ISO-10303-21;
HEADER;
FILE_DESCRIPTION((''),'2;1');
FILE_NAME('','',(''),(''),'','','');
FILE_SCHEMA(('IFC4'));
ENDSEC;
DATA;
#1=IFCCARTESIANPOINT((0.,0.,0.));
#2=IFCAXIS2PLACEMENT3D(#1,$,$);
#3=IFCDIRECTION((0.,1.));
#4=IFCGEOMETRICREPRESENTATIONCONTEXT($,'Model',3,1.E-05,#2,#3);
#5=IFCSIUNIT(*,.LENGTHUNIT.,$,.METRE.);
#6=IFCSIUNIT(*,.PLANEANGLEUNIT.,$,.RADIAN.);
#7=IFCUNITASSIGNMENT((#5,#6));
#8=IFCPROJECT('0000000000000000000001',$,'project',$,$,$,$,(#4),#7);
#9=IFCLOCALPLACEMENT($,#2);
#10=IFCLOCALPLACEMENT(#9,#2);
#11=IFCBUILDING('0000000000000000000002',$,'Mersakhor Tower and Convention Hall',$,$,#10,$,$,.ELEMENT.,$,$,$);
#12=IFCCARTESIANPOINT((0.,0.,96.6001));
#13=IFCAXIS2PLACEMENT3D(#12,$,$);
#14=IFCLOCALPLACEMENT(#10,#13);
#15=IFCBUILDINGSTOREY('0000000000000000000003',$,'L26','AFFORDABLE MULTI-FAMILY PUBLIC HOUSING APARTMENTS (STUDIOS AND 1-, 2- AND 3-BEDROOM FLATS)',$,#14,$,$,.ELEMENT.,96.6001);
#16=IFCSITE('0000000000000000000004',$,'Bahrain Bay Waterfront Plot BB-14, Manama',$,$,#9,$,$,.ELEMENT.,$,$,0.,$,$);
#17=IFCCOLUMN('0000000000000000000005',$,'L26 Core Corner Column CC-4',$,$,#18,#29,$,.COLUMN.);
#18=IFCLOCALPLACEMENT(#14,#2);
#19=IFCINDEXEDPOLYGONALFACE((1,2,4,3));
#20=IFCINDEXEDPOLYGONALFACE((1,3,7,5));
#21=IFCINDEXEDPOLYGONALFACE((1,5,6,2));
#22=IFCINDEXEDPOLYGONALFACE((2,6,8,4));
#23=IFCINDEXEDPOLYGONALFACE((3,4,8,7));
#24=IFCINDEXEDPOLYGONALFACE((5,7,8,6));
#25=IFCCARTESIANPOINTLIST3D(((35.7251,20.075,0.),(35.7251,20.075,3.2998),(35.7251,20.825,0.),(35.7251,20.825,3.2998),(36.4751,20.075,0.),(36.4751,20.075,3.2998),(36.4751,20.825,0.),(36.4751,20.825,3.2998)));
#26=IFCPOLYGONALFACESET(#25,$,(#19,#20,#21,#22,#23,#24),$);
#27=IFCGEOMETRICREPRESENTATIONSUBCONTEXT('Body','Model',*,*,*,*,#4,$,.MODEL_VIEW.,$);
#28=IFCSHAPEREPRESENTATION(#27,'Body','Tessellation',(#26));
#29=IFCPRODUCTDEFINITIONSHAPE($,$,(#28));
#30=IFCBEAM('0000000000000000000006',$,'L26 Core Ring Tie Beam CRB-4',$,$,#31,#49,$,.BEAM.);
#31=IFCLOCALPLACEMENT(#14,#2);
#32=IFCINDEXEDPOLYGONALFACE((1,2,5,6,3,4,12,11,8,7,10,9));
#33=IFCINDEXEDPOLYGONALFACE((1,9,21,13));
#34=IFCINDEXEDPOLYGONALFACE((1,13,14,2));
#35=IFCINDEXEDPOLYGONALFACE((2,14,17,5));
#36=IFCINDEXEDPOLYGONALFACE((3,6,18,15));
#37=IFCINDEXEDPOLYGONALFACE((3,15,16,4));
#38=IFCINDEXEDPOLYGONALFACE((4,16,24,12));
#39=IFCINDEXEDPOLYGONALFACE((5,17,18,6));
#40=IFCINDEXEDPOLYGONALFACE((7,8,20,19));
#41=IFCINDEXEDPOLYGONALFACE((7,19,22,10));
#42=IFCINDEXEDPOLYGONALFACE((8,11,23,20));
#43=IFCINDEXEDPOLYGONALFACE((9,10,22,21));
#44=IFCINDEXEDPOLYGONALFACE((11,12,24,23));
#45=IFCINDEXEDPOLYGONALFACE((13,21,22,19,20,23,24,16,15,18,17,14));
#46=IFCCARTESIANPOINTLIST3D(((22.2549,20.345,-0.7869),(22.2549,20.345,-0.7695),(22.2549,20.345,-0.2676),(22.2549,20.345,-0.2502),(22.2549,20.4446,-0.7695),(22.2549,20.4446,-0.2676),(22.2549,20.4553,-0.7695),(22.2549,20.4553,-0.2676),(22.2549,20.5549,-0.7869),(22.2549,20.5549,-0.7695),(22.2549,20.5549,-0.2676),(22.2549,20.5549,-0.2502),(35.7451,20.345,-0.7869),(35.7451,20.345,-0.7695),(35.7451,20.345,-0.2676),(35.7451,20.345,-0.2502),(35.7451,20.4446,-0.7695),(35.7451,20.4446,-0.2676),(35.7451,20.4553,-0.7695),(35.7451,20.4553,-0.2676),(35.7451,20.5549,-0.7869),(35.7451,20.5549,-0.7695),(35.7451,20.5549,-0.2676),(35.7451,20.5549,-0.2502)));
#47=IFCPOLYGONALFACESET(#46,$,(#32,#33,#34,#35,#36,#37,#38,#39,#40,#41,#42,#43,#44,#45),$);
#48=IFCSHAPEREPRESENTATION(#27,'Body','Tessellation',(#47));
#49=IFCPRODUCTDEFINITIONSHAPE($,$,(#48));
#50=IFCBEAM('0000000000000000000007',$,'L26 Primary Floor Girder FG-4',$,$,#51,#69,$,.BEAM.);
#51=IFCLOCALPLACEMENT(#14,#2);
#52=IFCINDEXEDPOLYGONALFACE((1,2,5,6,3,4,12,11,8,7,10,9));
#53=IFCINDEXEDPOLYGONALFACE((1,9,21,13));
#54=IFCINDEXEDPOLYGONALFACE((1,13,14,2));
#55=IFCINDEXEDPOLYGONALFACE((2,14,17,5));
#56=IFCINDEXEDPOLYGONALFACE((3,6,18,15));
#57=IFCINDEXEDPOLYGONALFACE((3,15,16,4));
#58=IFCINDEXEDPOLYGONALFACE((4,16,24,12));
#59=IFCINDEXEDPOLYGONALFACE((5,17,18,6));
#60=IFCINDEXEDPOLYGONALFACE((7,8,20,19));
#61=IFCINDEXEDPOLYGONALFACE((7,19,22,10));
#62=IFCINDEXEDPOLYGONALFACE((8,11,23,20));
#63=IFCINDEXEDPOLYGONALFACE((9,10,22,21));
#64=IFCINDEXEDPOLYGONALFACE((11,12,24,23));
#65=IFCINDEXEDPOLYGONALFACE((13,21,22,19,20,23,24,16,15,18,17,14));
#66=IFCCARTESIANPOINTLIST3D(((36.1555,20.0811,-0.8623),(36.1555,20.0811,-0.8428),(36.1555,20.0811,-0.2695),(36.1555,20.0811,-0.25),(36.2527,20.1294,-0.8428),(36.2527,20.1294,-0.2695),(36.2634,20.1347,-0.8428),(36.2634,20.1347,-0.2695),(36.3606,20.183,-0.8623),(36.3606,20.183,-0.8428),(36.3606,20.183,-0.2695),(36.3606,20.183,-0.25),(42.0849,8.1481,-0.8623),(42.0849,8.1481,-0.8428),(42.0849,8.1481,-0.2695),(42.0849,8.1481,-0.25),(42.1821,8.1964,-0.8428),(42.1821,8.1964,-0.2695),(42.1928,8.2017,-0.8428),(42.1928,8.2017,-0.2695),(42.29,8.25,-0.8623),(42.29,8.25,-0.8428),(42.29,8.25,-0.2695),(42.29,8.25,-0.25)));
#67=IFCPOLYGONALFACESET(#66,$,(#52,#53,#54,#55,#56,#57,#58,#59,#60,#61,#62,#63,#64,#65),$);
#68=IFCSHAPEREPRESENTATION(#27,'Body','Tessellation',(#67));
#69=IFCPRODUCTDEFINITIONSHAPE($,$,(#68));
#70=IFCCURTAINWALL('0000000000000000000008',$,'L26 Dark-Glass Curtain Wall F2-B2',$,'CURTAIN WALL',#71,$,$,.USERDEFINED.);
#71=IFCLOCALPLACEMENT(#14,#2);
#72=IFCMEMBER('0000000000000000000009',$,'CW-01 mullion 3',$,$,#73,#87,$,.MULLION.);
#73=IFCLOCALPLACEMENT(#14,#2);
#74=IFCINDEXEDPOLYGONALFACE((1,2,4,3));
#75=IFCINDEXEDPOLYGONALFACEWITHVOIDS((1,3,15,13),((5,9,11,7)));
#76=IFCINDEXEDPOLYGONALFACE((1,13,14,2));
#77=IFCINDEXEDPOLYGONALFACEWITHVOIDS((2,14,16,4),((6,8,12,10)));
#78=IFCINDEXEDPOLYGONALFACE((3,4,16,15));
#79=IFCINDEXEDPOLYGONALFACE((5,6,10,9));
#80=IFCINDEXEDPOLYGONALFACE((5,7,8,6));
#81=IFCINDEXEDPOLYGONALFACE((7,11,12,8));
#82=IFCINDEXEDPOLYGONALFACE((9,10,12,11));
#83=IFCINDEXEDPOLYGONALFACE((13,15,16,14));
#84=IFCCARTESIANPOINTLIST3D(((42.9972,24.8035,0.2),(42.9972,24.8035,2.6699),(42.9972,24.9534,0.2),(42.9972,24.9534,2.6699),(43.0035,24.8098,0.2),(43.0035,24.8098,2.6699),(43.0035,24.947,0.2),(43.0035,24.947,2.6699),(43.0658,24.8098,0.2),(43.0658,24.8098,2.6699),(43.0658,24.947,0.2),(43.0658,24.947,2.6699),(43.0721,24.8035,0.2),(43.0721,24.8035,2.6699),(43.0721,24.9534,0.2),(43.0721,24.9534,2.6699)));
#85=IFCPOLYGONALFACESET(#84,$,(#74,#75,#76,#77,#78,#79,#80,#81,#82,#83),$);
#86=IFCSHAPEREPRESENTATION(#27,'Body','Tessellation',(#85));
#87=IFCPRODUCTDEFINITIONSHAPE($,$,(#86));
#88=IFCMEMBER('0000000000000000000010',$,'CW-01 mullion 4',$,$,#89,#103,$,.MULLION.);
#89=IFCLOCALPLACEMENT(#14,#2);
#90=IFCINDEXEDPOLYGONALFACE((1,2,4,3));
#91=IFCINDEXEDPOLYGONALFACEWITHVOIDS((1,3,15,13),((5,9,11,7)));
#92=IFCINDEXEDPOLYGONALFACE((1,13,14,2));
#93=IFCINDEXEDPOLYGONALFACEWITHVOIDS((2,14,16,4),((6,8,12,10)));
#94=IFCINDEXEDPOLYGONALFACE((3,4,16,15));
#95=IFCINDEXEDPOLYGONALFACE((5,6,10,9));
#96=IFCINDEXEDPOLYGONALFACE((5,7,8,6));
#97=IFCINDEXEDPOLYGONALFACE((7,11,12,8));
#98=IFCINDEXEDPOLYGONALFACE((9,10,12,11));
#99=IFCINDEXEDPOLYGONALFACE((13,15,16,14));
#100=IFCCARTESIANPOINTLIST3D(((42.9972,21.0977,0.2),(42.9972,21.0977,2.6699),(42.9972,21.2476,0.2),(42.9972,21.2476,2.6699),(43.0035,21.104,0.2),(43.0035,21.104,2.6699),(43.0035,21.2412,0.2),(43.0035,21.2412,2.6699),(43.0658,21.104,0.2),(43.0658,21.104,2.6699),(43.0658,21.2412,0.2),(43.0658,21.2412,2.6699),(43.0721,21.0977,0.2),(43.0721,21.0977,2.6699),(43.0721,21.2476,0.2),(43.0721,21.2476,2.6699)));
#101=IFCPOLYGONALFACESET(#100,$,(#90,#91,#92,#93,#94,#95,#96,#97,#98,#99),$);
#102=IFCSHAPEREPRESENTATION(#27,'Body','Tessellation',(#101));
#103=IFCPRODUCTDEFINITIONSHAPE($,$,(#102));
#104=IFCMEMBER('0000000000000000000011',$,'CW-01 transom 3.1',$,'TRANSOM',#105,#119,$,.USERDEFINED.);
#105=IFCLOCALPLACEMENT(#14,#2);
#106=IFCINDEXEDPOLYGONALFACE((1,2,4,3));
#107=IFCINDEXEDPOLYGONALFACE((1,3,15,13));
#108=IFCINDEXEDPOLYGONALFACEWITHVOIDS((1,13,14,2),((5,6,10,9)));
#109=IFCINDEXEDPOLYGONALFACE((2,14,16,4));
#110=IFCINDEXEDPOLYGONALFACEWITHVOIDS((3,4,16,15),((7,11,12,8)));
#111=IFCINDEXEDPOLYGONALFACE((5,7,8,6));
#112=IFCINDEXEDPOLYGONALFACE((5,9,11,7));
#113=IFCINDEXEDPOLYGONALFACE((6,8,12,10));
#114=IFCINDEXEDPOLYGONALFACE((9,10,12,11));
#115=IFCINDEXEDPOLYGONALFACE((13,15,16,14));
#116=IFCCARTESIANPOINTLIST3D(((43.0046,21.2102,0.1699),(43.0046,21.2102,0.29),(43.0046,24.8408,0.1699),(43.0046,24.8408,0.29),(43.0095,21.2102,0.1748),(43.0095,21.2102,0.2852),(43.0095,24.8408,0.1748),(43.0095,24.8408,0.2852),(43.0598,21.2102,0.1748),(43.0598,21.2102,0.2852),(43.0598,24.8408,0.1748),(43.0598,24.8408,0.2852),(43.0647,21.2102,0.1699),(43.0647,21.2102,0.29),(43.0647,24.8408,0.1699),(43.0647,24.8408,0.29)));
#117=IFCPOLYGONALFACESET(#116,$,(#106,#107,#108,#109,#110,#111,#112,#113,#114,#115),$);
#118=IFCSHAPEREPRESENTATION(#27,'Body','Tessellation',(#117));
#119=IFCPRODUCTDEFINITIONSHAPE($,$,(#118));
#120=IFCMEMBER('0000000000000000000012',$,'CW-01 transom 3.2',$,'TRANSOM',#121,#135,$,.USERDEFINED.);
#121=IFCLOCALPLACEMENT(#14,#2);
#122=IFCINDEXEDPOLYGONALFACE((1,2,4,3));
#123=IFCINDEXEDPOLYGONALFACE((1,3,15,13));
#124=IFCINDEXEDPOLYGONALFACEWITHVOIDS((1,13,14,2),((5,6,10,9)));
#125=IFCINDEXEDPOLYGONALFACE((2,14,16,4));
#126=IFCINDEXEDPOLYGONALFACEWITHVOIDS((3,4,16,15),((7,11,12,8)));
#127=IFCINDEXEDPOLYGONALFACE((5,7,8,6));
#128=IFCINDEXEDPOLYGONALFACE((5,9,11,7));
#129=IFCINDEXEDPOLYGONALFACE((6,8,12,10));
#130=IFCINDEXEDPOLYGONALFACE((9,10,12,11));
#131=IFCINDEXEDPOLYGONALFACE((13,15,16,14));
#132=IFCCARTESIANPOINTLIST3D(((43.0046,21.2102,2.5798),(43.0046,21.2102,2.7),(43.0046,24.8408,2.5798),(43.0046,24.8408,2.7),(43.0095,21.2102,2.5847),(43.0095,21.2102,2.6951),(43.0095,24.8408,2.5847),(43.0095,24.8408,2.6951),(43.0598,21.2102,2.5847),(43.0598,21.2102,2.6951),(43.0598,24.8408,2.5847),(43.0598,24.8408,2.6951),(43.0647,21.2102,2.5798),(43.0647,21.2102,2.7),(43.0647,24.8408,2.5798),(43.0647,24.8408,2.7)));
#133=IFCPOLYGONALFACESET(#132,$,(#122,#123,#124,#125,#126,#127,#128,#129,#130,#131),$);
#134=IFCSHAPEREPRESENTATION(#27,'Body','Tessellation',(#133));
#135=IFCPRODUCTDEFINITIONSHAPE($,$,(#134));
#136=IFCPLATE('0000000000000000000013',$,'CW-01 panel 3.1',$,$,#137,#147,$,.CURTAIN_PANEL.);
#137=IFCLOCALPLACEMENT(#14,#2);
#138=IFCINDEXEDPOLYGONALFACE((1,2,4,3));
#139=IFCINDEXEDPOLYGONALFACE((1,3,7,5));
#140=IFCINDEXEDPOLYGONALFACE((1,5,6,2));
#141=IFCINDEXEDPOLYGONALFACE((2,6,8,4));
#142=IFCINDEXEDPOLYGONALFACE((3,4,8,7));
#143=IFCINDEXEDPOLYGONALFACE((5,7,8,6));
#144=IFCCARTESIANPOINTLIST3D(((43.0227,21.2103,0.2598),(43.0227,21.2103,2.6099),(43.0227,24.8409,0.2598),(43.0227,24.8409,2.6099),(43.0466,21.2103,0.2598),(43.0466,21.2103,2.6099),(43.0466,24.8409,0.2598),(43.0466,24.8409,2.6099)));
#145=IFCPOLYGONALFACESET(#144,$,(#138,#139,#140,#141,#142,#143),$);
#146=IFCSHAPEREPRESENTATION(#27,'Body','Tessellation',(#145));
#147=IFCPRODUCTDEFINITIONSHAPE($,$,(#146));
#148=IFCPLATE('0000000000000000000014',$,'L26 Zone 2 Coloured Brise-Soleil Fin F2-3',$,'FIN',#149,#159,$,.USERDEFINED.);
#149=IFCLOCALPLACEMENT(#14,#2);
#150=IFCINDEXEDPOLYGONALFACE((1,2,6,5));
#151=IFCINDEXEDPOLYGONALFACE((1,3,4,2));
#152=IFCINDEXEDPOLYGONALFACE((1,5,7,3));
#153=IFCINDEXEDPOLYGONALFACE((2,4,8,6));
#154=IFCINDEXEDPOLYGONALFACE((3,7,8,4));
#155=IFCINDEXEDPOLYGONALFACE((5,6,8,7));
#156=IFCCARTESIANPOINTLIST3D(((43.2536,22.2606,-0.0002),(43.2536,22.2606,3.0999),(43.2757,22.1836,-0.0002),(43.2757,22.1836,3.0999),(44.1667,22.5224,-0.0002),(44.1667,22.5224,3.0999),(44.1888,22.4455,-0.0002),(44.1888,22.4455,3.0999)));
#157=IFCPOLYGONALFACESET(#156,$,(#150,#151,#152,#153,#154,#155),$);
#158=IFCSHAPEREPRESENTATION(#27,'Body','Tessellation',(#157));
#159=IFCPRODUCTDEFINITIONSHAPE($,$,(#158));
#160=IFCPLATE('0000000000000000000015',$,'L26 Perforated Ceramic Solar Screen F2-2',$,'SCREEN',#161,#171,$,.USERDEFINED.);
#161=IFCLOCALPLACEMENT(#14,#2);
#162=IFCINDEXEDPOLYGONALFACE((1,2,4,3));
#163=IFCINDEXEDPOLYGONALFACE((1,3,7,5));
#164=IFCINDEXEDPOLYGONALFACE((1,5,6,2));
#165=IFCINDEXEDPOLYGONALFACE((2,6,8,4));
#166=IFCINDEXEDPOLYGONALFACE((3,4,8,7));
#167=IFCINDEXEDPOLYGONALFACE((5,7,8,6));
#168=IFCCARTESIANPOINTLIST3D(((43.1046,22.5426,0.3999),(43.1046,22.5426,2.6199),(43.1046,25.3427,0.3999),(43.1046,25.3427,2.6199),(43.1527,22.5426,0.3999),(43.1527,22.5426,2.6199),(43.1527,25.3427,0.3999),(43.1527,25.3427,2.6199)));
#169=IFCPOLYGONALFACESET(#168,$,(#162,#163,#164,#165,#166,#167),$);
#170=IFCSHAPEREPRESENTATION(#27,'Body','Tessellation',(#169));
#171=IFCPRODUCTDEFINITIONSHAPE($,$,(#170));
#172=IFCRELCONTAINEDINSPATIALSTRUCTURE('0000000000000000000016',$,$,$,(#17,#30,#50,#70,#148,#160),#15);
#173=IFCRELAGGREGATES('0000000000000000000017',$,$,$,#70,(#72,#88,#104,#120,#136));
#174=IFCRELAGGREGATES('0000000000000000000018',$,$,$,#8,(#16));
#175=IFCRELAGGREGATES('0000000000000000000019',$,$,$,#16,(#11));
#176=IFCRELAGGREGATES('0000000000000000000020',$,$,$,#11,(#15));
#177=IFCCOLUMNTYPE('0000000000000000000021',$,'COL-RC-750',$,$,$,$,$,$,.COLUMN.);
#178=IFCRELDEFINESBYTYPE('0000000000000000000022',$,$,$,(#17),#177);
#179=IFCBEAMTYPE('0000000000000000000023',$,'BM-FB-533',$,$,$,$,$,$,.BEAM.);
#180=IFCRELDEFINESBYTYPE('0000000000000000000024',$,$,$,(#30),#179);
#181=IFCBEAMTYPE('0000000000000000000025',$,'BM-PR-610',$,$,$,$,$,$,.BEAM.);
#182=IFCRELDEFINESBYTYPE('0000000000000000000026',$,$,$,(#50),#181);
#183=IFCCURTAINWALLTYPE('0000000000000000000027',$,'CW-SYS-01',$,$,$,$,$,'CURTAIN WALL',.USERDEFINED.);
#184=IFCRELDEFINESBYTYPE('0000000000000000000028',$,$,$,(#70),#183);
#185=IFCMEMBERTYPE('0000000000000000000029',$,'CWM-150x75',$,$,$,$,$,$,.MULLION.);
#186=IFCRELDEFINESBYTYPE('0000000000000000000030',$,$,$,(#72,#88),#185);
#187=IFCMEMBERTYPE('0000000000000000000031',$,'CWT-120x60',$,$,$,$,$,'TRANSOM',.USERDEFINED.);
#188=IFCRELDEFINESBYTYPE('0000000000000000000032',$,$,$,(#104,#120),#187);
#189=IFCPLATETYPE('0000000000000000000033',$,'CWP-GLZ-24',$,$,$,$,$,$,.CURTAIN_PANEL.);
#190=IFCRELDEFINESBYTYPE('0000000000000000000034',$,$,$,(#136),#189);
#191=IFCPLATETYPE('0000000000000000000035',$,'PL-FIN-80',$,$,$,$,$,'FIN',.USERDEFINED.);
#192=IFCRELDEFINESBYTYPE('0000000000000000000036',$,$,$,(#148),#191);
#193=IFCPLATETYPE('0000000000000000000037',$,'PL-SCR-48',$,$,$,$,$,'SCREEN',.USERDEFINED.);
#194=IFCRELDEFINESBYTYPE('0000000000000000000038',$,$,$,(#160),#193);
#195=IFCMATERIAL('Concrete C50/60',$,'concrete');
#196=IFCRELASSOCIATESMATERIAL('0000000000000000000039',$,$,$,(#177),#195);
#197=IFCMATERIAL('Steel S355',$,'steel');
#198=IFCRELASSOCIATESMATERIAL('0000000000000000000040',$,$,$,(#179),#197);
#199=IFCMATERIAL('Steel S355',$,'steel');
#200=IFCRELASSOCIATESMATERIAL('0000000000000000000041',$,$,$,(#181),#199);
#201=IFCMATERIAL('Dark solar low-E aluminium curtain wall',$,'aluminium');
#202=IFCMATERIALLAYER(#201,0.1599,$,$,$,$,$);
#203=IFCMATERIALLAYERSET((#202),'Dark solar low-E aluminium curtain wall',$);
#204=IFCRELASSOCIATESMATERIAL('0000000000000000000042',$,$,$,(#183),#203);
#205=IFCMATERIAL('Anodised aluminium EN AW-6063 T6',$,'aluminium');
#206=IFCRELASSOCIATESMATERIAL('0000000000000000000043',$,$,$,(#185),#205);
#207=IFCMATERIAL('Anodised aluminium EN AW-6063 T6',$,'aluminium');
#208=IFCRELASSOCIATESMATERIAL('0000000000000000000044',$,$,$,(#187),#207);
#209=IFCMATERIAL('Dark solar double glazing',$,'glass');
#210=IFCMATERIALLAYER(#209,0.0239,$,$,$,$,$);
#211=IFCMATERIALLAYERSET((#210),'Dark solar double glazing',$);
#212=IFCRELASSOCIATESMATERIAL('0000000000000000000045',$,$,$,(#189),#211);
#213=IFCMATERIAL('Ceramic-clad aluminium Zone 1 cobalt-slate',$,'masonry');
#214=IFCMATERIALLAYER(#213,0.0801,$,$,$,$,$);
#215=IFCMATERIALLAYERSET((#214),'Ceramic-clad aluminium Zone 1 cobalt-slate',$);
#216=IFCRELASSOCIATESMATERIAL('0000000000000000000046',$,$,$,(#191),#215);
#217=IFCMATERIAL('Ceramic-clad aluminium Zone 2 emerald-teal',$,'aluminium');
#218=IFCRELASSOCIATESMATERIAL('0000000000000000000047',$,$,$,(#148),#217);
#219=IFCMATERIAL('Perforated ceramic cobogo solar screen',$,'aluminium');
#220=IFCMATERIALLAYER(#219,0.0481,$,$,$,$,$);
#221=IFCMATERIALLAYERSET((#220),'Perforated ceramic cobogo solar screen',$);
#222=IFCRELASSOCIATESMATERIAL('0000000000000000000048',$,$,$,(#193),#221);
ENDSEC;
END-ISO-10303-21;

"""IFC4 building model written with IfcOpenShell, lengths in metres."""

from ifc_helpers import new_model, si_unit, direction, frame, origin, origin_2d, place, context, subcontext, project, spatial, rectangle, hollow_rectangle, i_section, extrude, material, layer, layer_set, material_profile, profile_set, type_object, element, aggregate, save


model = new_model("IFC4")

# Units and contexts
model_context = context("Model", 3, precision=1e-05, world=origin(), true_north=direction((0.0, 1.0)))
body_context = subcontext(model_context, "Body", "Model", "MODEL_VIEW")
ifc_project = project(units=[si_unit("LENGTHUNIT", "METRE"), si_unit("PLANEANGLEUNIT", "RADIAN")], contexts=[model_context])

# Site, building, storey
site_placement = place(None, origin())
site = spatial("IfcSite", under=ifc_project, at=site_placement, Name="Bahrain Bay Waterfront Plot BB-14, Manama", CompositionType="ELEMENT", RefElevation=0.0)
building_placement = place(site_placement, origin())
building = spatial("IfcBuilding", under=site, at=building_placement, Name="Mersakhor Tower and Convention Hall", CompositionType="ELEMENT")
storey_placement = place(building_placement, frame((0.0, 0.0, 96.6001)))
storey = spatial("IfcBuildingStorey", under=building, at=storey_placement, Name="L26", Description="AFFORDABLE MULTI-FAMILY PUBLIC HOUSING APARTMENTS (STUDIOS AND 1-, 2- AND 3-BEDROOM FLATS)", CompositionType="ELEMENT", Elevation=96.6001)

# Column
ifc_material_1 = material(Name="Concrete C50/60", Category="concrete")
ifc_material_profile_1 = material_profile(ifc_material_1, rectangle(XDim=0.75, YDim=0.75, at=origin_2d()), Name="RC 750x750")
ifc_profile_set_1 = profile_set([ifc_material_profile_1], Name="Concrete C50/60")
column_type = type_object("IfcColumnType", Name="COL-RC-750", PredefinedType="COLUMN", material=ifc_profile_set_1)
column_placement = place(storey_placement, frame((36.1001, 20.45, 0.0), z_axis=(0.0, 0.0, 1.0), x_axis=(1.0, 0.0, 0.0)))
element("IfcColumn", 1, at=column_placement, inside=storey, type_object=column_type, Name="L26 Core Corner Column CC-4", PredefinedType="COLUMN", context=body_context, shape_type="SweptSolid", body=[
    extrude(rectangle(XDim=0.75, YDim=0.75, at=origin_2d()), origin(), (0.0, 0.0, 1.0), 3.2998),
])

# Beams
ifc_material_2 = material(Name="Steel S355", Category="steel")
ifc_material_profile_2 = material_profile(ifc_material_2, i_section(OverallWidth=0.21, OverallDepth=0.5366, WebThickness=0.0107, FlangeThickness=0.0173, at=origin_2d()), Name="UB 533x210x101")
ifc_profile_set_2 = profile_set([ifc_material_profile_2], Name="Steel S355")
beam_type_1 = type_object("IfcBeamType", Name="BM-FB-533", PredefinedType="BEAM", material=ifc_profile_set_2)
beam_1_placement = place(storey_placement, frame((35.7451, 20.45, -0.5186), z_axis=(-1.0, 0.0, 0.0), x_axis=(0.0, -1.0, 0.0)))
element("IfcBeam", 2, at=beam_1_placement, inside=storey, type_object=beam_type_1, Name="L26 Core Ring Tie Beam CRB-4", PredefinedType="BEAM", context=body_context, shape_type="SweptSolid", body=[
    extrude(i_section(OverallWidth=0.21, OverallDepth=0.5366, WebThickness=0.0107, FlangeThickness=0.0173, at=origin_2d()), origin(), (0.0, 0.0, 1.0), 13.4902),
])
ifc_material_3 = material(Name="Steel S355", Category="steel")
ifc_material_profile_3 = material_profile(ifc_material_3, i_section(OverallWidth=0.229, OverallDepth=0.6123, WebThickness=0.012, FlangeThickness=0.0195, at=origin_2d()), Name="UB 610x229x125")
ifc_profile_set_3 = profile_set([ifc_material_profile_3], Name="Steel S355")
beam_type_2 = type_object("IfcBeamType", Name="BM-PR-610", PredefinedType="BEAM", material=ifc_profile_set_3)
beam_2_placement = place(storey_placement, frame((36.2581, 20.1321, -0.5562), z_axis=(0.444984, -0.895538, 0.0), x_axis=(0.895538, 0.444984, 0.0)))
element("IfcBeam", 3, at=beam_2_placement, inside=storey, type_object=beam_type_2, Name="L26 Primary Floor Girder FG-4", PredefinedType="BEAM", context=body_context, shape_type="SweptSolid", body=[
    extrude(i_section(OverallWidth=0.229, OverallDepth=0.6123, WebThickness=0.012, FlangeThickness=0.0195, at=origin_2d()), origin(), (0.0, 0.0, 1.0), 13.325),
])

# Curtain wall, members, plate
ifc_material_4 = material(Name="Dark solar low-E aluminium curtain wall", Category="aluminium")
ifc_layer_1 = layer(ifc_material_4, 0.1599)
ifc_layer_set_1 = layer_set([ifc_layer_1], Name="Dark solar low-E aluminium curtain wall")
curtain_wall_type = type_object("IfcCurtainWallType", Name="CW-SYS-01", ElementType="CURTAIN WALL", PredefinedType="USERDEFINED", material=ifc_layer_set_1)
curtain_wall_placement = place(storey_placement, origin())
curtain_wall = element("IfcCurtainWall", 4, at=curtain_wall_placement, inside=storey, type_object=curtain_wall_type, Name="L26 Dark-Glass Curtain Wall F2-B2", ObjectType="CURTAIN WALL", PredefinedType="USERDEFINED")
ifc_material_5 = material(Name="Anodised aluminium EN AW-6063 T6", Category="aluminium")
ifc_material_profile_4 = material_profile(ifc_material_5, hollow_rectangle(XDim=0.075, YDim=0.1499, WallThickness=0.0063, at=origin_2d()), Name="RHS 150x75x6.3")
ifc_profile_set_4 = profile_set([ifc_material_profile_4], Name="Anodised aluminium EN AW-6063 T6")
member_type_1 = type_object("IfcMemberType", Name="CWM-150x75", PredefinedType="MULLION", material=ifc_profile_set_4)
member_1_placement = place(storey_placement, frame((43.0347, 24.8784, 0.2), z_axis=(0.0, 0.0, 1.0), x_axis=(1.0, 0.0, 0.0)))
member_1 = element("IfcMember", 5, at=member_1_placement, type_object=member_type_1, Name="CW-01 mullion 3", PredefinedType="MULLION", context=body_context, shape_type="SweptSolid", body=[
    extrude(hollow_rectangle(XDim=0.075, YDim=0.1499, WallThickness=0.0063, at=origin_2d()), origin(), (0.0, 0.0, 1.0), 2.47),
])
member_2_placement = place(storey_placement, frame((43.0347, 21.1726, 0.2), z_axis=(0.0, 0.0, 1.0), x_axis=(1.0, 0.0, 0.0)))
member_2 = element("IfcMember", 6, at=member_2_placement, type_object=member_type_1, Name="CW-01 mullion 4", PredefinedType="MULLION", context=body_context, shape_type="SweptSolid", body=[
    extrude(hollow_rectangle(XDim=0.075, YDim=0.1499, WallThickness=0.0063, at=origin_2d()), origin(), (0.0, 0.0, 1.0), 2.47),
])
ifc_material_6 = material(Name="Anodised aluminium EN AW-6063 T6", Category="aluminium")
ifc_material_profile_5 = material_profile(ifc_material_6, hollow_rectangle(XDim=0.0601, YDim=0.1201, WallThickness=0.0049, at=origin_2d()), Name="RHS 120x60x5")
ifc_profile_set_5 = profile_set([ifc_material_profile_5], Name="Anodised aluminium EN AW-6063 T6")
member_type_2 = type_object("IfcMemberType", Name="CWT-120x60", ElementType="TRANSOM", PredefinedType="USERDEFINED", material=ifc_profile_set_5)
member_3_placement = place(storey_placement, frame((43.0347, 24.8408, 0.23), z_axis=(0.0, -1.0, 0.0), x_axis=(1.0, 0.0, 0.0)))
member_3 = element("IfcMember", 7, at=member_3_placement, type_object=member_type_2, Name="CW-01 transom 3.1", ObjectType="TRANSOM", PredefinedType="USERDEFINED", context=body_context, shape_type="SweptSolid", body=[
    extrude(hollow_rectangle(XDim=0.0601, YDim=0.1201, WallThickness=0.0049, at=origin_2d()), origin(), (0.0, 0.0, 1.0), 3.6306),
])
member_4_placement = place(storey_placement, frame((43.0347, 24.8408, 2.6399), z_axis=(0.0, -1.0, 0.0), x_axis=(1.0, 0.0, 0.0)))
member_4 = element("IfcMember", 8, at=member_4_placement, type_object=member_type_2, Name="CW-01 transom 3.2", ObjectType="TRANSOM", PredefinedType="USERDEFINED", context=body_context, shape_type="SweptSolid", body=[
    extrude(hollow_rectangle(XDim=0.0601, YDim=0.1201, WallThickness=0.0049, at=origin_2d()), origin(), (0.0, 0.0, 1.0), 3.6306),
])
ifc_material_7 = material(Name="Dark solar double glazing", Category="glass")
ifc_layer_2 = layer(ifc_material_7, 0.0239)
ifc_layer_set_2 = layer_set([ifc_layer_2], Name="Dark solar double glazing")
plate_type_1 = type_object("IfcPlateType", Name="CWP-GLZ-24", PredefinedType="CURTAIN_PANEL", material=ifc_layer_set_2)
plate_1_placement = place(storey_placement, frame((43.0347, 23.0256, 0.2598), z_axis=(0.0, 0.0, 1.0), x_axis=(0.0, -1.0, 0.0)))
plate_1 = element("IfcPlate", 9, at=plate_1_placement, type_object=plate_type_1, Name="CW-01 panel 3.1", PredefinedType="CURTAIN_PANEL", context=body_context, shape_type="SweptSolid", body=[
    extrude(rectangle(XDim=3.6306, YDim=0.0239, at=origin_2d()), origin(), (0.0, 0.0, 1.0), 2.3501),
])
aggregate(curtain_wall, [member_1, member_2, member_3, member_4, plate_1])

# Plates
ifc_material_8 = material(Name="Ceramic-clad aluminium Zone 2 emerald-teal", Category="aluminium")
ifc_material_9 = material(Name="Ceramic-clad aluminium Zone 1 cobalt-slate", Category="masonry")
ifc_layer_3 = layer(ifc_material_9, 0.0801)
ifc_layer_set_3 = layer_set([ifc_layer_3], Name="Ceramic-clad aluminium Zone 1 cobalt-slate")
plate_type_2 = type_object("IfcPlateType", Name="PL-FIN-80", ElementType="FIN", PredefinedType="USERDEFINED", material=ifc_layer_set_3)
plate_2_placement = place(storey_placement, frame((43.7212, 22.353, -0.0002), z_axis=(0.0, 0.0, 1.0), x_axis=(0.961262, 0.275637, 0.0)))
element("IfcPlate", 10, at=plate_2_placement, inside=storey, type_object=plate_type_2, material=ifc_material_8, Name="L26 Zone 2 Coloured Brise-Soleil Fin F2-3", ObjectType="FIN", PredefinedType="USERDEFINED", context=body_context, shape_type="SweptSolid", body=[
    extrude(rectangle(XDim=0.95, YDim=0.0801, at=origin_2d()), origin(), (0.0, 0.0, 1.0), 3.1001),
])
ifc_material_10 = material(Name="Perforated ceramic cobogo solar screen", Category="aluminium")
ifc_layer_4 = layer(ifc_material_10, 0.0481)
ifc_layer_set_4 = layer_set([ifc_layer_4], Name="Perforated ceramic cobogo solar screen")
plate_type_3 = type_object("IfcPlateType", Name="PL-SCR-48", ElementType="SCREEN", PredefinedType="USERDEFINED", material=ifc_layer_set_4)
plate_3_placement = place(storey_placement, frame((43.1287, 23.9426, 0.3999), z_axis=(0.0, 0.0, 1.0), x_axis=(0.0, -1.0, 0.0)))
element("IfcPlate", 11, at=plate_3_placement, inside=storey, type_object=plate_type_3, Name="L26 Perforated Ceramic Solar Screen F2-2", ObjectType="SCREEN", PredefinedType="USERDEFINED", context=body_context, shape_type="SweptSolid", body=[
    extrude(rectangle(XDim=2.8, YDim=0.0481, at=origin_2d()), origin(), (0.0, 0.0, 1.0), 2.22),
])

save(model, "model.ifc")
